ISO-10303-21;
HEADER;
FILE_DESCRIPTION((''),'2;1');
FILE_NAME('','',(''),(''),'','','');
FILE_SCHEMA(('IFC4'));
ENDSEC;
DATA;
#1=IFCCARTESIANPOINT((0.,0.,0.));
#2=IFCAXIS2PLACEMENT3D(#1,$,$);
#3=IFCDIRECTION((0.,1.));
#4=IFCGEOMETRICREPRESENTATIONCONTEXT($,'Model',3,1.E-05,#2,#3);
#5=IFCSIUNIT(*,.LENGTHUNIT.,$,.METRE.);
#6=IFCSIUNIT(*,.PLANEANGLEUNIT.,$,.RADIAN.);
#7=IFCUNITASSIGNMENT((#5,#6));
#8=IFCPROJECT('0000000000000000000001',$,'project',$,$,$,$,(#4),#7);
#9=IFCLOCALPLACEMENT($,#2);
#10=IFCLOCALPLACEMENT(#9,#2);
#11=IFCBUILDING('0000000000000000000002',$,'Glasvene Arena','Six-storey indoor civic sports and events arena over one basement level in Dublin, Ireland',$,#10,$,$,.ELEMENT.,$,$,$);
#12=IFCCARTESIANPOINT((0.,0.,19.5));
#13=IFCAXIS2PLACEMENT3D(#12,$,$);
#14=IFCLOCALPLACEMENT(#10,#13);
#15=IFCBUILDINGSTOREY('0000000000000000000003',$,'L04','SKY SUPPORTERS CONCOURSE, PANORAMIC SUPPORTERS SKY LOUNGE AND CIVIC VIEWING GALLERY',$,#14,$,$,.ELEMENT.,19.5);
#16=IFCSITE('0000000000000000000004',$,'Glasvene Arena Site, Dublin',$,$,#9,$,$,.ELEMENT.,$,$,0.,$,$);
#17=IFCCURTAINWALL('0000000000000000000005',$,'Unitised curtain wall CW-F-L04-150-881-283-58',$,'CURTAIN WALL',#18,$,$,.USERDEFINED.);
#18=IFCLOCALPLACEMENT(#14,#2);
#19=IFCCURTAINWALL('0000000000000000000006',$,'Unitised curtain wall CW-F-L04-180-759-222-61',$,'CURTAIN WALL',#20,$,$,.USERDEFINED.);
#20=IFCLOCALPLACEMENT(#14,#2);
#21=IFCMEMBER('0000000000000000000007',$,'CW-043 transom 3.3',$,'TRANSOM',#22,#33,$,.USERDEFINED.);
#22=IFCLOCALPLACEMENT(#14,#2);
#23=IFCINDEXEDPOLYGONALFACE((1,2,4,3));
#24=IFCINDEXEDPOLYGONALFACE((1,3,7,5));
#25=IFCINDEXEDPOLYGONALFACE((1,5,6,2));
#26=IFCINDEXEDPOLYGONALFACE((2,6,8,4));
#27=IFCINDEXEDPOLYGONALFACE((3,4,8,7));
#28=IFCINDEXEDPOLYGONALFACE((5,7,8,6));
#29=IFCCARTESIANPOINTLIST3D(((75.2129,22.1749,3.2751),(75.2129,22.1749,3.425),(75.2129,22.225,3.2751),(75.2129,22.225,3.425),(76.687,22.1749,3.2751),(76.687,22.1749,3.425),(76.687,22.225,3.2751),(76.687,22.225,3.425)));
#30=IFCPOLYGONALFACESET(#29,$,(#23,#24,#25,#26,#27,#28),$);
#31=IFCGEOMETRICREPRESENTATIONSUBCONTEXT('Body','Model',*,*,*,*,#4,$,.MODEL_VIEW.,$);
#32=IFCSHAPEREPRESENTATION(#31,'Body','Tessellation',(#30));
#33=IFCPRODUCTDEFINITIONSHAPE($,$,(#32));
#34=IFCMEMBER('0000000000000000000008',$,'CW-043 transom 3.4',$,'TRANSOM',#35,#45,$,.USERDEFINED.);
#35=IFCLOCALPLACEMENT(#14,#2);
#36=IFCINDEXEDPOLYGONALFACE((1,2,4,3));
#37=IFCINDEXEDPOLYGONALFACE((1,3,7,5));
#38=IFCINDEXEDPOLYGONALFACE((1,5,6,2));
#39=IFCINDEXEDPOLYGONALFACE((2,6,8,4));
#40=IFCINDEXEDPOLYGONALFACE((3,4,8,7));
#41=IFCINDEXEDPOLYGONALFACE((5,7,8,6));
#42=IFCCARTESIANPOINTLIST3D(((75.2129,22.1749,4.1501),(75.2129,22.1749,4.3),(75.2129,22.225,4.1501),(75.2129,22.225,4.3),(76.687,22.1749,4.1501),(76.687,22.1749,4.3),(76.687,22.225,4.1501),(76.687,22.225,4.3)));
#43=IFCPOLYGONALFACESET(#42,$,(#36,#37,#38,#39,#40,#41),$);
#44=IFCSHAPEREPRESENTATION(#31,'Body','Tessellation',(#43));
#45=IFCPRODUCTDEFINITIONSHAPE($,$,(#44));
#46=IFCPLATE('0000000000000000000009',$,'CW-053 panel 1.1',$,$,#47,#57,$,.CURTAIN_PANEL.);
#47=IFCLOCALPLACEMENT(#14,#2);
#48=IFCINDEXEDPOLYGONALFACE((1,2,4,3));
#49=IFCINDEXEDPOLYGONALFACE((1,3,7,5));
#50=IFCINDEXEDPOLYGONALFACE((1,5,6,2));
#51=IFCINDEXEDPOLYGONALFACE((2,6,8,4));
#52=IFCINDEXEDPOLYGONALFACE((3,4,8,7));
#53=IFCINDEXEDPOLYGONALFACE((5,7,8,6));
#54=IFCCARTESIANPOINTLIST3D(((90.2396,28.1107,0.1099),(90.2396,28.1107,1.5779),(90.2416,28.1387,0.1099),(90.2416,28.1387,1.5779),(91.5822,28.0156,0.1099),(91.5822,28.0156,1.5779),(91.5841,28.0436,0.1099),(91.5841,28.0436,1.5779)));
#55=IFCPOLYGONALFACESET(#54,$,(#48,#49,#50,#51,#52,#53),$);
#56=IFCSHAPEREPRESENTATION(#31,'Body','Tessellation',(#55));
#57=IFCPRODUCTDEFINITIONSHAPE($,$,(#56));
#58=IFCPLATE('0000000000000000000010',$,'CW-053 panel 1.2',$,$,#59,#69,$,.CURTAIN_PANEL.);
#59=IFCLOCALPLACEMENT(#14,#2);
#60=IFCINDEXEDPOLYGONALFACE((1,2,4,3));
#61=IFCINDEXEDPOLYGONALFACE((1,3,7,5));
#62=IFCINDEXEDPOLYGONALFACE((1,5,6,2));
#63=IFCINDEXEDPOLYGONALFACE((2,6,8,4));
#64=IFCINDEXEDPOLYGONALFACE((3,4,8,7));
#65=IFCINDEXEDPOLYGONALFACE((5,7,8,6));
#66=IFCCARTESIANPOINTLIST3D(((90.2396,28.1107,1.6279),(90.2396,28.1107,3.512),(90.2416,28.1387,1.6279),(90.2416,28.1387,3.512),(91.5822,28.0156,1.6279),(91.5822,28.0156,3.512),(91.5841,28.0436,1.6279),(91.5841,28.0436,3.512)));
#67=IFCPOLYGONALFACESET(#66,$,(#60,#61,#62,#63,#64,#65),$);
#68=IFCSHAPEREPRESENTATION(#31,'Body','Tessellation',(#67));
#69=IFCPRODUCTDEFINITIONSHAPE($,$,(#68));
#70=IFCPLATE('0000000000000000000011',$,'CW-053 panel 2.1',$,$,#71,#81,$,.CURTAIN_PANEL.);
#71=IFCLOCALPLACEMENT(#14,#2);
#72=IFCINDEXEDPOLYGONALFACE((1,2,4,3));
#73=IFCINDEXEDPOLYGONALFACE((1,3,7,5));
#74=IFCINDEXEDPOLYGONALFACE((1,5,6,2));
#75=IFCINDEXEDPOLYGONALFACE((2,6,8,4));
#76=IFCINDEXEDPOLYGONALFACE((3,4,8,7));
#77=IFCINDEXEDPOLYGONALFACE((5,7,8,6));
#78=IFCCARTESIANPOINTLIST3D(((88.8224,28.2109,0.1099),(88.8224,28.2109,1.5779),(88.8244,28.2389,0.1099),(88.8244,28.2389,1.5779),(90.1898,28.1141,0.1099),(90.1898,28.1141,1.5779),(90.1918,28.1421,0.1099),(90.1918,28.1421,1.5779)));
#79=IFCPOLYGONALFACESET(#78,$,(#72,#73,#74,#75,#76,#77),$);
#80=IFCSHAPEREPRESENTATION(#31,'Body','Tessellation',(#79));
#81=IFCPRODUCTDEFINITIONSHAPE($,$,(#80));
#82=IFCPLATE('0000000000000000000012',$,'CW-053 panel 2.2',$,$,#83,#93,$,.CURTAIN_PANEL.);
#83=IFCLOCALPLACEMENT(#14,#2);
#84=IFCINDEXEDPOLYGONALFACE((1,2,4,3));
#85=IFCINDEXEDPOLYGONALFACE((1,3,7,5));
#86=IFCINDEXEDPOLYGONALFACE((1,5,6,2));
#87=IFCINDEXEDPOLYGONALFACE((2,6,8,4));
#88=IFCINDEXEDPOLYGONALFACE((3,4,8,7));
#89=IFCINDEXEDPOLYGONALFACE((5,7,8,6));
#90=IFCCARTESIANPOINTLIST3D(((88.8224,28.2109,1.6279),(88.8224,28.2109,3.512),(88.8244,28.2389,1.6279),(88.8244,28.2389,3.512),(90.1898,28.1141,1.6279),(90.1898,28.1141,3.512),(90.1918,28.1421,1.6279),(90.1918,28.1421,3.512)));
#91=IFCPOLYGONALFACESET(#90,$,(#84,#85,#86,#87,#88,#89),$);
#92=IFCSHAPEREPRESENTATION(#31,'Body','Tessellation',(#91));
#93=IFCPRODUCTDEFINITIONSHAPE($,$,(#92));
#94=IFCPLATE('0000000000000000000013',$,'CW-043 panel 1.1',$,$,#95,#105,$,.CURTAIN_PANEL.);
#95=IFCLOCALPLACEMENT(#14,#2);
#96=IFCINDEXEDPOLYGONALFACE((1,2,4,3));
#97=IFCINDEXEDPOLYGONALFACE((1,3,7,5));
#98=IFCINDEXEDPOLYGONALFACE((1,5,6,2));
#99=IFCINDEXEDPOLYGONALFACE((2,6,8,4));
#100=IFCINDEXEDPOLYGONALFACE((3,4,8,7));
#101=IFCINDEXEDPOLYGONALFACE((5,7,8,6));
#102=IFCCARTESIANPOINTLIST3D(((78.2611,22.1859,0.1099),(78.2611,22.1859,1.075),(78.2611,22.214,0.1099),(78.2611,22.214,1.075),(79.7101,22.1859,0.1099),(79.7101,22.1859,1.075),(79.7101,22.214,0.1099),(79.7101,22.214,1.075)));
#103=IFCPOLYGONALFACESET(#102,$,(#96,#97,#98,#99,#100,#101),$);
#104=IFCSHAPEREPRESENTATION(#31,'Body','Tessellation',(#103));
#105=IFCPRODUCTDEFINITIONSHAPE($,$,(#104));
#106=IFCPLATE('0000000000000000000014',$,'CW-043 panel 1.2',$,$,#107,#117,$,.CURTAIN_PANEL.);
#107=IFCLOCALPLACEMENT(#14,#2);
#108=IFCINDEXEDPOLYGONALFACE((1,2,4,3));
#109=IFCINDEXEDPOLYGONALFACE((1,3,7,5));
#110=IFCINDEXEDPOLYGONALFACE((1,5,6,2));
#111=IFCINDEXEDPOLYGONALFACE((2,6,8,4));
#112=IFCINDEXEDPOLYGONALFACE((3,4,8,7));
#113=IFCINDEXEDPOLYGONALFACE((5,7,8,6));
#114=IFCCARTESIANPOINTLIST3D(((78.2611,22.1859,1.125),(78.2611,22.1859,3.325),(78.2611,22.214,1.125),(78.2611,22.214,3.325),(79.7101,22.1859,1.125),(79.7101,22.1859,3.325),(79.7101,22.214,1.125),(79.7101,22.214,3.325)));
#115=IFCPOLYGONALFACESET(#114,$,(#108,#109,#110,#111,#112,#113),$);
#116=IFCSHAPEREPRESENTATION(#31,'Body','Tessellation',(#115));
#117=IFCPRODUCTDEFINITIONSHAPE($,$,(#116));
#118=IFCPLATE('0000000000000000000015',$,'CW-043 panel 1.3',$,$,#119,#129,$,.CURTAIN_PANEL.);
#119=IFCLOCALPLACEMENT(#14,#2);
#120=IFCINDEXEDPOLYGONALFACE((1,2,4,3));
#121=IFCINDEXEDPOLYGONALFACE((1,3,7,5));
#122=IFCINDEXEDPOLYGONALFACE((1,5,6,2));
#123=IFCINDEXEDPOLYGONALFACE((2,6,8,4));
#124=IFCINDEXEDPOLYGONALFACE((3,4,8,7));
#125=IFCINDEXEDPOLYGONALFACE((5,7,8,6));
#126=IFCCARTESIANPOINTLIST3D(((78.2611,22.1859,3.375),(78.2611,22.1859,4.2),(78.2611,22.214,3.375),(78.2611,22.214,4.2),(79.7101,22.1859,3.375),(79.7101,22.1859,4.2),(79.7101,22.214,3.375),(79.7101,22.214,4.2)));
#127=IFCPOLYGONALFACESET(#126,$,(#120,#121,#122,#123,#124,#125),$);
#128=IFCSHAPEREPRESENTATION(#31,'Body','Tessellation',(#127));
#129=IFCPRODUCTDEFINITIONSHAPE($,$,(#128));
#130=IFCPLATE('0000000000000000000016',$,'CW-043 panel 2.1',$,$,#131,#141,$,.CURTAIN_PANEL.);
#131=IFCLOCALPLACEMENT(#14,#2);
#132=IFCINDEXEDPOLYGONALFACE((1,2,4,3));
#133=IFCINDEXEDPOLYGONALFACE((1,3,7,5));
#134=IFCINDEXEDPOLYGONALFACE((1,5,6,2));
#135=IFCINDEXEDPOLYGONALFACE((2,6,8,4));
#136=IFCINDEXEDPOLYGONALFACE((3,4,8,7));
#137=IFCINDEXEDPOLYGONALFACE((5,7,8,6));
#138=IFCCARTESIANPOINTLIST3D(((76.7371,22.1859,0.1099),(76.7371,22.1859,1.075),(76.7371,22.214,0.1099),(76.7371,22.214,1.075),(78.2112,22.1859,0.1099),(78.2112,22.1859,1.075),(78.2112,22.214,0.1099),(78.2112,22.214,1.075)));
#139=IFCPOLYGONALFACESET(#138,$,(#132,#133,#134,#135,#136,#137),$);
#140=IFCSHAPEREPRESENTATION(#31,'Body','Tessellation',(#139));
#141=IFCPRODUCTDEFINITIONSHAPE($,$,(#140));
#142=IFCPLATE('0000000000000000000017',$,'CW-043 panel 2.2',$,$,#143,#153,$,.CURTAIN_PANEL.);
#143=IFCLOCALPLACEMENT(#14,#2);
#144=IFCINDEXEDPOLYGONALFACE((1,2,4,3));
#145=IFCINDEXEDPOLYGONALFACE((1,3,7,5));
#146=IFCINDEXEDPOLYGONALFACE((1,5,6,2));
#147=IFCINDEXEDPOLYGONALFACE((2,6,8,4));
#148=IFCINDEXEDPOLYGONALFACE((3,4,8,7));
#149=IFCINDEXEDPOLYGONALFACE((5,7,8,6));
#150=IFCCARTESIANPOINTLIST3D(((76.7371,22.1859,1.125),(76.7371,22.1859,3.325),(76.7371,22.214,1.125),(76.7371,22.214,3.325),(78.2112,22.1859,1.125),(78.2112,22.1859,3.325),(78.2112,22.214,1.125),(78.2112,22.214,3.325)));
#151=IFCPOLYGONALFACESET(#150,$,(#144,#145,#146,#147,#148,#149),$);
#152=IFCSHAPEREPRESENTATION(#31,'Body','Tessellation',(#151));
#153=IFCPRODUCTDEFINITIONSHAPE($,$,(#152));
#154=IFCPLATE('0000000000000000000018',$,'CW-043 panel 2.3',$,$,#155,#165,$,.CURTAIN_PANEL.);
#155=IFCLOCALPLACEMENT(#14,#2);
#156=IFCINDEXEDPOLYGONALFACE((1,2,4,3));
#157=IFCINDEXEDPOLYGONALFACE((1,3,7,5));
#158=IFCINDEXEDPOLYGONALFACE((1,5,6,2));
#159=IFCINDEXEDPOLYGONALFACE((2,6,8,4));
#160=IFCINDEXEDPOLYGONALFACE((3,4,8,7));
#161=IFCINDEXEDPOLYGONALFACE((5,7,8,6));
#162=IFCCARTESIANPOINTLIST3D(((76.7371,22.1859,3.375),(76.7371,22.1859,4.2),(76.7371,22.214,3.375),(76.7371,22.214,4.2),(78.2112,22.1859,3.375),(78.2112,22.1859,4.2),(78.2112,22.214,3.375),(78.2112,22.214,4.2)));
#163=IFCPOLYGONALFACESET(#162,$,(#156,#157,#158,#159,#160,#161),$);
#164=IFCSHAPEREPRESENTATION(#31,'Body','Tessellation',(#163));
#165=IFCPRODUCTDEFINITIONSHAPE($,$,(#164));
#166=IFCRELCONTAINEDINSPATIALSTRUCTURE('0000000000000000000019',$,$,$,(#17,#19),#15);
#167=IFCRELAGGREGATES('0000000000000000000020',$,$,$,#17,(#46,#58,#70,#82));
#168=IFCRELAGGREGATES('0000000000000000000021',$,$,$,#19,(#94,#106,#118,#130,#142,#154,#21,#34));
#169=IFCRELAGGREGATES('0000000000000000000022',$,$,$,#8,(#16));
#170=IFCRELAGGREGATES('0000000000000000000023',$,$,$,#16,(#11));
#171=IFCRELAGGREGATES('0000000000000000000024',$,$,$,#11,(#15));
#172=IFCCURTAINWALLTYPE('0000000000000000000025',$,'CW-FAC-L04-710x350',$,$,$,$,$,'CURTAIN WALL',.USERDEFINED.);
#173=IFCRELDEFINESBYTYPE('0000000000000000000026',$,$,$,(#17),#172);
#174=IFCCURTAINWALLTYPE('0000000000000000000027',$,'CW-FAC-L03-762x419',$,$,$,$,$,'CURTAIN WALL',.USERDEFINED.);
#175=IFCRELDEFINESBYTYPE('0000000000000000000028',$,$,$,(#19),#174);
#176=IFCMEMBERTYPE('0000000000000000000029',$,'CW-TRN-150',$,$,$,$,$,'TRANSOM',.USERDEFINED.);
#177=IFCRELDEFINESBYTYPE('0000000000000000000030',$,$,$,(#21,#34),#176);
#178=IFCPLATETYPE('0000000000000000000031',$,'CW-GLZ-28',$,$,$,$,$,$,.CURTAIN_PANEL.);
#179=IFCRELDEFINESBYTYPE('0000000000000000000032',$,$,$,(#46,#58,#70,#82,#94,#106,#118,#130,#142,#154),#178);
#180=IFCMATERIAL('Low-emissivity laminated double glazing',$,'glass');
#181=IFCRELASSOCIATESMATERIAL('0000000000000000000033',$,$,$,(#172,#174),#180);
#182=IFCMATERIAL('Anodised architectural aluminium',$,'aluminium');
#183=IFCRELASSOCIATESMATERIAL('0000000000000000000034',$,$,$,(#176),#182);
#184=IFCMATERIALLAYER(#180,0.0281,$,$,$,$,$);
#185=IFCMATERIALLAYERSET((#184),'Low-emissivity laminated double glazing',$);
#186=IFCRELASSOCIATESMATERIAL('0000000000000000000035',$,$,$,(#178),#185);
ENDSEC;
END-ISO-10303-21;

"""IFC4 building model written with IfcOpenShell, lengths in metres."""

from ifc_helpers import new_model, si_unit, direction, frame, origin, origin_2d, place, context, subcontext, project, spatial, rectangle, extrude, material, layer, layer_set, material_profile, profile_set, type_object, element, aggregate, save


model = new_model("IFC4")

# Units and contexts
model_context = context("Model", 3, precision=1e-05, world=origin(), true_north=direction((0.0, 1.0)))
body_context = subcontext(model_context, "Body", "Model", "MODEL_VIEW")
ifc_project = project(units=[si_unit("LENGTHUNIT", "METRE"), si_unit("PLANEANGLEUNIT", "RADIAN")], contexts=[model_context])

# Site, building, storey
site_placement = place(None, origin())
site = spatial("IfcSite", under=ifc_project, at=site_placement, Name="Glasvene Arena Site, Dublin", CompositionType="ELEMENT", RefElevation=0.0)
building_placement = place(site_placement, origin())
building = spatial("IfcBuilding", under=site, at=building_placement, Name="Glasvene Arena", Description="Six-storey indoor civic sports and events arena over one basement level in Dublin, Ireland", CompositionType="ELEMENT")
storey_placement = place(building_placement, frame((0.0, 0.0, 19.5)))
storey = spatial("IfcBuildingStorey", under=building, at=storey_placement, Name="L04", Description="SKY SUPPORTERS CONCOURSE, PANORAMIC SUPPORTERS SKY LOUNGE AND CIVIC VIEWING GALLERY", CompositionType="ELEMENT", Elevation=19.5)

# Curtain walls
ifc_material_1 = material(Name="Low-emissivity laminated double glazing", Category="glass")
curtain_wall_type_1 = type_object("IfcCurtainWallType", Name="CW-FAC-L04-710x350", ElementType="CURTAIN WALL", PredefinedType="USERDEFINED", material=ifc_material_1)
curtain_wall_1_placement = place(storey_placement, frame((91.6331, 28.0259, 0.0)))
curtain_wall_1 = element("IfcCurtainWall", 1, at=curtain_wall_1_placement, inside=storey, type_object=curtain_wall_type_1, Name="Unitised curtain wall CW-F-L04-150-881-283-58", ObjectType="CURTAIN WALL", PredefinedType="USERDEFINED")
ifc_material_2 = material(Name="Anodised architectural aluminium", Category="aluminium")
curtain_wall_type_2 = type_object("IfcCurtainWallType", Name="CW-FAC-L03-762x419", ElementType="CURTAIN WALL", PredefinedType="USERDEFINED", material=ifc_material_1)
curtain_wall_2_placement = place(storey_placement, frame((79.76, 22.2, 0.0)))
curtain_wall_2 = element("IfcCurtainWall", 2, at=curtain_wall_2_placement, inside=storey, type_object=curtain_wall_type_2, Name="Unitised curtain wall CW-F-L04-180-759-222-61", ObjectType="CURTAIN WALL", PredefinedType="USERDEFINED")

# Members
ifc_material_profile_1 = material_profile(ifc_material_2, rectangle(XDim=0.05, YDim=0.1499, at=origin_2d()), Name="ALU TRANSOM 50x150")
ifc_profile_set_1 = profile_set([ifc_material_profile_1], Name="Anodised architectural aluminium")
member_type_1 = type_object("IfcMemberType", Name="CW-TRN-150", ElementType="TRANSOM", PredefinedType="USERDEFINED", material=ifc_profile_set_1)
member_1_placement = place(storey_placement, frame((76.687, 22.2, 3.3501), z_axis=(-1.0, 0.0, 0.0), x_axis=(0.0, -1.0, 0.0)))
member_1 = element("IfcMember", 3, at=member_1_placement, type_object=member_type_1, Name="CW-043 transom 3.3", ObjectType="TRANSOM", PredefinedType="USERDEFINED", context=body_context, shape_type="SweptSolid", body=[
    extrude(rectangle(XDim=0.05, YDim=0.1499, at=origin_2d()), origin(), (0.0, 0.0, 1.0), 1.4741),
])
member_2_placement = place(storey_placement, frame((76.687, 22.2, 4.2251), z_axis=(-1.0, 0.0, 0.0), x_axis=(0.0, -1.0, 0.0)))
member_2 = element("IfcMember", 4, at=member_2_placement, type_object=member_type_1, Name="CW-043 transom 3.4", ObjectType="TRANSOM", PredefinedType="USERDEFINED", context=body_context, shape_type="SweptSolid", body=[
    extrude(rectangle(XDim=0.05, YDim=0.1499, at=origin_2d()), origin(), (0.0, 0.0, 1.0), 1.4741),
])

# Plates
ifc_layer_1 = layer(ifc_material_1, 0.0281)
ifc_layer_set_1 = layer_set([ifc_layer_1], Name="Low-emissivity laminated double glazing")
plate_type = type_object("IfcPlateType", Name="CW-GLZ-28", PredefinedType="CURTAIN_PANEL", material=ifc_layer_set_1)
plate_1_placement = place(storey_placement, frame((90.9119, 28.0771, 0.1099), z_axis=(0.0, 0.0, 1.0), x_axis=(-0.997501, 0.070657, 0.0)))
plate_1 = element("IfcPlate", 5, at=plate_1_placement, type_object=plate_type, Name="CW-053 panel 1.1", PredefinedType="CURTAIN_PANEL", context=body_context, shape_type="SweptSolid", body=[
    extrude(rectangle(XDim=1.3459, YDim=0.0281, at=origin_2d()), origin(), (0.0, 0.0, 1.0), 1.468),
])
plate_2_placement = place(storey_placement, frame((90.9119, 28.0771, 1.6279), z_axis=(0.0, 0.0, 1.0), x_axis=(-0.997501, 0.070657, 0.0)))
plate_2 = element("IfcPlate", 6, at=plate_2_placement, type_object=plate_type, Name="CW-053 panel 1.2", PredefinedType="CURTAIN_PANEL", context=body_context, shape_type="SweptSolid", body=[
    extrude(rectangle(XDim=1.3459, YDim=0.0281, at=origin_2d()), origin(), (0.0, 0.0, 1.0), 1.884),
])
plate_3_placement = place(storey_placement, frame((89.5071, 28.1765, 0.1099), z_axis=(0.0, 0.0, 1.0), x_axis=(-0.997501, 0.070657, 0.0)))
plate_3 = element("IfcPlate", 7, at=plate_3_placement, type_object=plate_type, Name="CW-053 panel 2.1", PredefinedType="CURTAIN_PANEL", context=body_context, shape_type="SweptSolid", body=[
    extrude(rectangle(XDim=1.3708, YDim=0.0281, at=origin_2d()), origin(), (0.0, 0.0, 1.0), 1.468),
])
plate_4_placement = place(storey_placement, frame((89.5071, 28.1765, 1.6279), z_axis=(0.0, 0.0, 1.0), x_axis=(-0.997501, 0.070657, 0.0)))
plate_4 = element("IfcPlate", 8, at=plate_4_placement, type_object=plate_type, Name="CW-053 panel 2.2", PredefinedType="CURTAIN_PANEL", context=body_context, shape_type="SweptSolid", body=[
    extrude(rectangle(XDim=1.3708, YDim=0.0281, at=origin_2d()), origin(), (0.0, 0.0, 1.0), 1.884),
])
aggregate(curtain_wall_1, [plate_1, plate_2, plate_3, plate_4])
plate_5_placement = place(storey_placement, frame((78.9856, 22.2, 0.1099), z_axis=(0.0, 0.0, 1.0), x_axis=(-1.0, 0.0, 0.0)))
plate_5 = element("IfcPlate", 9, at=plate_5_placement, type_object=plate_type, Name="CW-043 panel 1.1", PredefinedType="CURTAIN_PANEL", context=body_context, shape_type="SweptSolid", body=[
    extrude(rectangle(XDim=1.449, YDim=0.0281, at=origin_2d()), origin(), (0.0, 0.0, 1.0), 0.9651),
])
plate_6_placement = place(storey_placement, frame((78.9856, 22.2, 1.125), z_axis=(0.0, 0.0, 1.0), x_axis=(-1.0, 0.0, 0.0)))
plate_6 = element("IfcPlate", 10, at=plate_6_placement, type_object=plate_type, Name="CW-043 panel 1.2", PredefinedType="CURTAIN_PANEL", context=body_context, shape_type="SweptSolid", body=[
    extrude(rectangle(XDim=1.449, YDim=0.0281, at=origin_2d()), origin(), (0.0, 0.0, 1.0), 2.2),
])
plate_7_placement = place(storey_placement, frame((78.9856, 22.2, 3.375), z_axis=(0.0, 0.0, 1.0), x_axis=(-1.0, 0.0, 0.0)))
plate_7 = element("IfcPlate", 11, at=plate_7_placement, type_object=plate_type, Name="CW-043 panel 1.3", PredefinedType="CURTAIN_PANEL", context=body_context, shape_type="SweptSolid", body=[
    extrude(rectangle(XDim=1.449, YDim=0.0281, at=origin_2d()), origin(), (0.0, 0.0, 1.0), 0.825),
])
plate_8_placement = place(storey_placement, frame((77.4741, 22.2, 0.1099), z_axis=(0.0, 0.0, 1.0), x_axis=(-1.0, 0.0, 0.0)))
plate_8 = element("IfcPlate", 12, at=plate_8_placement, type_object=plate_type, Name="CW-043 panel 2.1", PredefinedType="CURTAIN_PANEL", context=body_context, shape_type="SweptSolid", body=[
    extrude(rectangle(XDim=1.4741, YDim=0.0281, at=origin_2d()), origin(), (0.0, 0.0, 1.0), 0.9651),
])
plate_9_placement = place(storey_placement, frame((77.4741, 22.2, 1.125), z_axis=(0.0, 0.0, 1.0), x_axis=(-1.0, 0.0, 0.0)))
plate_9 = element("IfcPlate", 13, at=plate_9_placement, type_object=plate_type, Name="CW-043 panel 2.2", PredefinedType="CURTAIN_PANEL", context=body_context, shape_type="SweptSolid", body=[
    extrude(rectangle(XDim=1.4741, YDim=0.0281, at=origin_2d()), origin(), (0.0, 0.0, 1.0), 2.2),
])
plate_10_placement = place(storey_placement, frame((77.4741, 22.2, 3.375), z_axis=(0.0, 0.0, 1.0), x_axis=(-1.0, 0.0, 0.0)))
plate_10 = element("IfcPlate", 14, at=plate_10_placement, type_object=plate_type, Name="CW-043 panel 2.3", PredefinedType="CURTAIN_PANEL", context=body_context, shape_type="SweptSolid", body=[
    extrude(rectangle(XDim=1.4741, YDim=0.0281, at=origin_2d()), origin(), (0.0, 0.0, 1.0), 0.825),
])
aggregate(curtain_wall_2, [plate_5, plate_6, plate_7, plate_8, plate_9, plate_10, member_1, member_2])

save(model, "model.ifc")
